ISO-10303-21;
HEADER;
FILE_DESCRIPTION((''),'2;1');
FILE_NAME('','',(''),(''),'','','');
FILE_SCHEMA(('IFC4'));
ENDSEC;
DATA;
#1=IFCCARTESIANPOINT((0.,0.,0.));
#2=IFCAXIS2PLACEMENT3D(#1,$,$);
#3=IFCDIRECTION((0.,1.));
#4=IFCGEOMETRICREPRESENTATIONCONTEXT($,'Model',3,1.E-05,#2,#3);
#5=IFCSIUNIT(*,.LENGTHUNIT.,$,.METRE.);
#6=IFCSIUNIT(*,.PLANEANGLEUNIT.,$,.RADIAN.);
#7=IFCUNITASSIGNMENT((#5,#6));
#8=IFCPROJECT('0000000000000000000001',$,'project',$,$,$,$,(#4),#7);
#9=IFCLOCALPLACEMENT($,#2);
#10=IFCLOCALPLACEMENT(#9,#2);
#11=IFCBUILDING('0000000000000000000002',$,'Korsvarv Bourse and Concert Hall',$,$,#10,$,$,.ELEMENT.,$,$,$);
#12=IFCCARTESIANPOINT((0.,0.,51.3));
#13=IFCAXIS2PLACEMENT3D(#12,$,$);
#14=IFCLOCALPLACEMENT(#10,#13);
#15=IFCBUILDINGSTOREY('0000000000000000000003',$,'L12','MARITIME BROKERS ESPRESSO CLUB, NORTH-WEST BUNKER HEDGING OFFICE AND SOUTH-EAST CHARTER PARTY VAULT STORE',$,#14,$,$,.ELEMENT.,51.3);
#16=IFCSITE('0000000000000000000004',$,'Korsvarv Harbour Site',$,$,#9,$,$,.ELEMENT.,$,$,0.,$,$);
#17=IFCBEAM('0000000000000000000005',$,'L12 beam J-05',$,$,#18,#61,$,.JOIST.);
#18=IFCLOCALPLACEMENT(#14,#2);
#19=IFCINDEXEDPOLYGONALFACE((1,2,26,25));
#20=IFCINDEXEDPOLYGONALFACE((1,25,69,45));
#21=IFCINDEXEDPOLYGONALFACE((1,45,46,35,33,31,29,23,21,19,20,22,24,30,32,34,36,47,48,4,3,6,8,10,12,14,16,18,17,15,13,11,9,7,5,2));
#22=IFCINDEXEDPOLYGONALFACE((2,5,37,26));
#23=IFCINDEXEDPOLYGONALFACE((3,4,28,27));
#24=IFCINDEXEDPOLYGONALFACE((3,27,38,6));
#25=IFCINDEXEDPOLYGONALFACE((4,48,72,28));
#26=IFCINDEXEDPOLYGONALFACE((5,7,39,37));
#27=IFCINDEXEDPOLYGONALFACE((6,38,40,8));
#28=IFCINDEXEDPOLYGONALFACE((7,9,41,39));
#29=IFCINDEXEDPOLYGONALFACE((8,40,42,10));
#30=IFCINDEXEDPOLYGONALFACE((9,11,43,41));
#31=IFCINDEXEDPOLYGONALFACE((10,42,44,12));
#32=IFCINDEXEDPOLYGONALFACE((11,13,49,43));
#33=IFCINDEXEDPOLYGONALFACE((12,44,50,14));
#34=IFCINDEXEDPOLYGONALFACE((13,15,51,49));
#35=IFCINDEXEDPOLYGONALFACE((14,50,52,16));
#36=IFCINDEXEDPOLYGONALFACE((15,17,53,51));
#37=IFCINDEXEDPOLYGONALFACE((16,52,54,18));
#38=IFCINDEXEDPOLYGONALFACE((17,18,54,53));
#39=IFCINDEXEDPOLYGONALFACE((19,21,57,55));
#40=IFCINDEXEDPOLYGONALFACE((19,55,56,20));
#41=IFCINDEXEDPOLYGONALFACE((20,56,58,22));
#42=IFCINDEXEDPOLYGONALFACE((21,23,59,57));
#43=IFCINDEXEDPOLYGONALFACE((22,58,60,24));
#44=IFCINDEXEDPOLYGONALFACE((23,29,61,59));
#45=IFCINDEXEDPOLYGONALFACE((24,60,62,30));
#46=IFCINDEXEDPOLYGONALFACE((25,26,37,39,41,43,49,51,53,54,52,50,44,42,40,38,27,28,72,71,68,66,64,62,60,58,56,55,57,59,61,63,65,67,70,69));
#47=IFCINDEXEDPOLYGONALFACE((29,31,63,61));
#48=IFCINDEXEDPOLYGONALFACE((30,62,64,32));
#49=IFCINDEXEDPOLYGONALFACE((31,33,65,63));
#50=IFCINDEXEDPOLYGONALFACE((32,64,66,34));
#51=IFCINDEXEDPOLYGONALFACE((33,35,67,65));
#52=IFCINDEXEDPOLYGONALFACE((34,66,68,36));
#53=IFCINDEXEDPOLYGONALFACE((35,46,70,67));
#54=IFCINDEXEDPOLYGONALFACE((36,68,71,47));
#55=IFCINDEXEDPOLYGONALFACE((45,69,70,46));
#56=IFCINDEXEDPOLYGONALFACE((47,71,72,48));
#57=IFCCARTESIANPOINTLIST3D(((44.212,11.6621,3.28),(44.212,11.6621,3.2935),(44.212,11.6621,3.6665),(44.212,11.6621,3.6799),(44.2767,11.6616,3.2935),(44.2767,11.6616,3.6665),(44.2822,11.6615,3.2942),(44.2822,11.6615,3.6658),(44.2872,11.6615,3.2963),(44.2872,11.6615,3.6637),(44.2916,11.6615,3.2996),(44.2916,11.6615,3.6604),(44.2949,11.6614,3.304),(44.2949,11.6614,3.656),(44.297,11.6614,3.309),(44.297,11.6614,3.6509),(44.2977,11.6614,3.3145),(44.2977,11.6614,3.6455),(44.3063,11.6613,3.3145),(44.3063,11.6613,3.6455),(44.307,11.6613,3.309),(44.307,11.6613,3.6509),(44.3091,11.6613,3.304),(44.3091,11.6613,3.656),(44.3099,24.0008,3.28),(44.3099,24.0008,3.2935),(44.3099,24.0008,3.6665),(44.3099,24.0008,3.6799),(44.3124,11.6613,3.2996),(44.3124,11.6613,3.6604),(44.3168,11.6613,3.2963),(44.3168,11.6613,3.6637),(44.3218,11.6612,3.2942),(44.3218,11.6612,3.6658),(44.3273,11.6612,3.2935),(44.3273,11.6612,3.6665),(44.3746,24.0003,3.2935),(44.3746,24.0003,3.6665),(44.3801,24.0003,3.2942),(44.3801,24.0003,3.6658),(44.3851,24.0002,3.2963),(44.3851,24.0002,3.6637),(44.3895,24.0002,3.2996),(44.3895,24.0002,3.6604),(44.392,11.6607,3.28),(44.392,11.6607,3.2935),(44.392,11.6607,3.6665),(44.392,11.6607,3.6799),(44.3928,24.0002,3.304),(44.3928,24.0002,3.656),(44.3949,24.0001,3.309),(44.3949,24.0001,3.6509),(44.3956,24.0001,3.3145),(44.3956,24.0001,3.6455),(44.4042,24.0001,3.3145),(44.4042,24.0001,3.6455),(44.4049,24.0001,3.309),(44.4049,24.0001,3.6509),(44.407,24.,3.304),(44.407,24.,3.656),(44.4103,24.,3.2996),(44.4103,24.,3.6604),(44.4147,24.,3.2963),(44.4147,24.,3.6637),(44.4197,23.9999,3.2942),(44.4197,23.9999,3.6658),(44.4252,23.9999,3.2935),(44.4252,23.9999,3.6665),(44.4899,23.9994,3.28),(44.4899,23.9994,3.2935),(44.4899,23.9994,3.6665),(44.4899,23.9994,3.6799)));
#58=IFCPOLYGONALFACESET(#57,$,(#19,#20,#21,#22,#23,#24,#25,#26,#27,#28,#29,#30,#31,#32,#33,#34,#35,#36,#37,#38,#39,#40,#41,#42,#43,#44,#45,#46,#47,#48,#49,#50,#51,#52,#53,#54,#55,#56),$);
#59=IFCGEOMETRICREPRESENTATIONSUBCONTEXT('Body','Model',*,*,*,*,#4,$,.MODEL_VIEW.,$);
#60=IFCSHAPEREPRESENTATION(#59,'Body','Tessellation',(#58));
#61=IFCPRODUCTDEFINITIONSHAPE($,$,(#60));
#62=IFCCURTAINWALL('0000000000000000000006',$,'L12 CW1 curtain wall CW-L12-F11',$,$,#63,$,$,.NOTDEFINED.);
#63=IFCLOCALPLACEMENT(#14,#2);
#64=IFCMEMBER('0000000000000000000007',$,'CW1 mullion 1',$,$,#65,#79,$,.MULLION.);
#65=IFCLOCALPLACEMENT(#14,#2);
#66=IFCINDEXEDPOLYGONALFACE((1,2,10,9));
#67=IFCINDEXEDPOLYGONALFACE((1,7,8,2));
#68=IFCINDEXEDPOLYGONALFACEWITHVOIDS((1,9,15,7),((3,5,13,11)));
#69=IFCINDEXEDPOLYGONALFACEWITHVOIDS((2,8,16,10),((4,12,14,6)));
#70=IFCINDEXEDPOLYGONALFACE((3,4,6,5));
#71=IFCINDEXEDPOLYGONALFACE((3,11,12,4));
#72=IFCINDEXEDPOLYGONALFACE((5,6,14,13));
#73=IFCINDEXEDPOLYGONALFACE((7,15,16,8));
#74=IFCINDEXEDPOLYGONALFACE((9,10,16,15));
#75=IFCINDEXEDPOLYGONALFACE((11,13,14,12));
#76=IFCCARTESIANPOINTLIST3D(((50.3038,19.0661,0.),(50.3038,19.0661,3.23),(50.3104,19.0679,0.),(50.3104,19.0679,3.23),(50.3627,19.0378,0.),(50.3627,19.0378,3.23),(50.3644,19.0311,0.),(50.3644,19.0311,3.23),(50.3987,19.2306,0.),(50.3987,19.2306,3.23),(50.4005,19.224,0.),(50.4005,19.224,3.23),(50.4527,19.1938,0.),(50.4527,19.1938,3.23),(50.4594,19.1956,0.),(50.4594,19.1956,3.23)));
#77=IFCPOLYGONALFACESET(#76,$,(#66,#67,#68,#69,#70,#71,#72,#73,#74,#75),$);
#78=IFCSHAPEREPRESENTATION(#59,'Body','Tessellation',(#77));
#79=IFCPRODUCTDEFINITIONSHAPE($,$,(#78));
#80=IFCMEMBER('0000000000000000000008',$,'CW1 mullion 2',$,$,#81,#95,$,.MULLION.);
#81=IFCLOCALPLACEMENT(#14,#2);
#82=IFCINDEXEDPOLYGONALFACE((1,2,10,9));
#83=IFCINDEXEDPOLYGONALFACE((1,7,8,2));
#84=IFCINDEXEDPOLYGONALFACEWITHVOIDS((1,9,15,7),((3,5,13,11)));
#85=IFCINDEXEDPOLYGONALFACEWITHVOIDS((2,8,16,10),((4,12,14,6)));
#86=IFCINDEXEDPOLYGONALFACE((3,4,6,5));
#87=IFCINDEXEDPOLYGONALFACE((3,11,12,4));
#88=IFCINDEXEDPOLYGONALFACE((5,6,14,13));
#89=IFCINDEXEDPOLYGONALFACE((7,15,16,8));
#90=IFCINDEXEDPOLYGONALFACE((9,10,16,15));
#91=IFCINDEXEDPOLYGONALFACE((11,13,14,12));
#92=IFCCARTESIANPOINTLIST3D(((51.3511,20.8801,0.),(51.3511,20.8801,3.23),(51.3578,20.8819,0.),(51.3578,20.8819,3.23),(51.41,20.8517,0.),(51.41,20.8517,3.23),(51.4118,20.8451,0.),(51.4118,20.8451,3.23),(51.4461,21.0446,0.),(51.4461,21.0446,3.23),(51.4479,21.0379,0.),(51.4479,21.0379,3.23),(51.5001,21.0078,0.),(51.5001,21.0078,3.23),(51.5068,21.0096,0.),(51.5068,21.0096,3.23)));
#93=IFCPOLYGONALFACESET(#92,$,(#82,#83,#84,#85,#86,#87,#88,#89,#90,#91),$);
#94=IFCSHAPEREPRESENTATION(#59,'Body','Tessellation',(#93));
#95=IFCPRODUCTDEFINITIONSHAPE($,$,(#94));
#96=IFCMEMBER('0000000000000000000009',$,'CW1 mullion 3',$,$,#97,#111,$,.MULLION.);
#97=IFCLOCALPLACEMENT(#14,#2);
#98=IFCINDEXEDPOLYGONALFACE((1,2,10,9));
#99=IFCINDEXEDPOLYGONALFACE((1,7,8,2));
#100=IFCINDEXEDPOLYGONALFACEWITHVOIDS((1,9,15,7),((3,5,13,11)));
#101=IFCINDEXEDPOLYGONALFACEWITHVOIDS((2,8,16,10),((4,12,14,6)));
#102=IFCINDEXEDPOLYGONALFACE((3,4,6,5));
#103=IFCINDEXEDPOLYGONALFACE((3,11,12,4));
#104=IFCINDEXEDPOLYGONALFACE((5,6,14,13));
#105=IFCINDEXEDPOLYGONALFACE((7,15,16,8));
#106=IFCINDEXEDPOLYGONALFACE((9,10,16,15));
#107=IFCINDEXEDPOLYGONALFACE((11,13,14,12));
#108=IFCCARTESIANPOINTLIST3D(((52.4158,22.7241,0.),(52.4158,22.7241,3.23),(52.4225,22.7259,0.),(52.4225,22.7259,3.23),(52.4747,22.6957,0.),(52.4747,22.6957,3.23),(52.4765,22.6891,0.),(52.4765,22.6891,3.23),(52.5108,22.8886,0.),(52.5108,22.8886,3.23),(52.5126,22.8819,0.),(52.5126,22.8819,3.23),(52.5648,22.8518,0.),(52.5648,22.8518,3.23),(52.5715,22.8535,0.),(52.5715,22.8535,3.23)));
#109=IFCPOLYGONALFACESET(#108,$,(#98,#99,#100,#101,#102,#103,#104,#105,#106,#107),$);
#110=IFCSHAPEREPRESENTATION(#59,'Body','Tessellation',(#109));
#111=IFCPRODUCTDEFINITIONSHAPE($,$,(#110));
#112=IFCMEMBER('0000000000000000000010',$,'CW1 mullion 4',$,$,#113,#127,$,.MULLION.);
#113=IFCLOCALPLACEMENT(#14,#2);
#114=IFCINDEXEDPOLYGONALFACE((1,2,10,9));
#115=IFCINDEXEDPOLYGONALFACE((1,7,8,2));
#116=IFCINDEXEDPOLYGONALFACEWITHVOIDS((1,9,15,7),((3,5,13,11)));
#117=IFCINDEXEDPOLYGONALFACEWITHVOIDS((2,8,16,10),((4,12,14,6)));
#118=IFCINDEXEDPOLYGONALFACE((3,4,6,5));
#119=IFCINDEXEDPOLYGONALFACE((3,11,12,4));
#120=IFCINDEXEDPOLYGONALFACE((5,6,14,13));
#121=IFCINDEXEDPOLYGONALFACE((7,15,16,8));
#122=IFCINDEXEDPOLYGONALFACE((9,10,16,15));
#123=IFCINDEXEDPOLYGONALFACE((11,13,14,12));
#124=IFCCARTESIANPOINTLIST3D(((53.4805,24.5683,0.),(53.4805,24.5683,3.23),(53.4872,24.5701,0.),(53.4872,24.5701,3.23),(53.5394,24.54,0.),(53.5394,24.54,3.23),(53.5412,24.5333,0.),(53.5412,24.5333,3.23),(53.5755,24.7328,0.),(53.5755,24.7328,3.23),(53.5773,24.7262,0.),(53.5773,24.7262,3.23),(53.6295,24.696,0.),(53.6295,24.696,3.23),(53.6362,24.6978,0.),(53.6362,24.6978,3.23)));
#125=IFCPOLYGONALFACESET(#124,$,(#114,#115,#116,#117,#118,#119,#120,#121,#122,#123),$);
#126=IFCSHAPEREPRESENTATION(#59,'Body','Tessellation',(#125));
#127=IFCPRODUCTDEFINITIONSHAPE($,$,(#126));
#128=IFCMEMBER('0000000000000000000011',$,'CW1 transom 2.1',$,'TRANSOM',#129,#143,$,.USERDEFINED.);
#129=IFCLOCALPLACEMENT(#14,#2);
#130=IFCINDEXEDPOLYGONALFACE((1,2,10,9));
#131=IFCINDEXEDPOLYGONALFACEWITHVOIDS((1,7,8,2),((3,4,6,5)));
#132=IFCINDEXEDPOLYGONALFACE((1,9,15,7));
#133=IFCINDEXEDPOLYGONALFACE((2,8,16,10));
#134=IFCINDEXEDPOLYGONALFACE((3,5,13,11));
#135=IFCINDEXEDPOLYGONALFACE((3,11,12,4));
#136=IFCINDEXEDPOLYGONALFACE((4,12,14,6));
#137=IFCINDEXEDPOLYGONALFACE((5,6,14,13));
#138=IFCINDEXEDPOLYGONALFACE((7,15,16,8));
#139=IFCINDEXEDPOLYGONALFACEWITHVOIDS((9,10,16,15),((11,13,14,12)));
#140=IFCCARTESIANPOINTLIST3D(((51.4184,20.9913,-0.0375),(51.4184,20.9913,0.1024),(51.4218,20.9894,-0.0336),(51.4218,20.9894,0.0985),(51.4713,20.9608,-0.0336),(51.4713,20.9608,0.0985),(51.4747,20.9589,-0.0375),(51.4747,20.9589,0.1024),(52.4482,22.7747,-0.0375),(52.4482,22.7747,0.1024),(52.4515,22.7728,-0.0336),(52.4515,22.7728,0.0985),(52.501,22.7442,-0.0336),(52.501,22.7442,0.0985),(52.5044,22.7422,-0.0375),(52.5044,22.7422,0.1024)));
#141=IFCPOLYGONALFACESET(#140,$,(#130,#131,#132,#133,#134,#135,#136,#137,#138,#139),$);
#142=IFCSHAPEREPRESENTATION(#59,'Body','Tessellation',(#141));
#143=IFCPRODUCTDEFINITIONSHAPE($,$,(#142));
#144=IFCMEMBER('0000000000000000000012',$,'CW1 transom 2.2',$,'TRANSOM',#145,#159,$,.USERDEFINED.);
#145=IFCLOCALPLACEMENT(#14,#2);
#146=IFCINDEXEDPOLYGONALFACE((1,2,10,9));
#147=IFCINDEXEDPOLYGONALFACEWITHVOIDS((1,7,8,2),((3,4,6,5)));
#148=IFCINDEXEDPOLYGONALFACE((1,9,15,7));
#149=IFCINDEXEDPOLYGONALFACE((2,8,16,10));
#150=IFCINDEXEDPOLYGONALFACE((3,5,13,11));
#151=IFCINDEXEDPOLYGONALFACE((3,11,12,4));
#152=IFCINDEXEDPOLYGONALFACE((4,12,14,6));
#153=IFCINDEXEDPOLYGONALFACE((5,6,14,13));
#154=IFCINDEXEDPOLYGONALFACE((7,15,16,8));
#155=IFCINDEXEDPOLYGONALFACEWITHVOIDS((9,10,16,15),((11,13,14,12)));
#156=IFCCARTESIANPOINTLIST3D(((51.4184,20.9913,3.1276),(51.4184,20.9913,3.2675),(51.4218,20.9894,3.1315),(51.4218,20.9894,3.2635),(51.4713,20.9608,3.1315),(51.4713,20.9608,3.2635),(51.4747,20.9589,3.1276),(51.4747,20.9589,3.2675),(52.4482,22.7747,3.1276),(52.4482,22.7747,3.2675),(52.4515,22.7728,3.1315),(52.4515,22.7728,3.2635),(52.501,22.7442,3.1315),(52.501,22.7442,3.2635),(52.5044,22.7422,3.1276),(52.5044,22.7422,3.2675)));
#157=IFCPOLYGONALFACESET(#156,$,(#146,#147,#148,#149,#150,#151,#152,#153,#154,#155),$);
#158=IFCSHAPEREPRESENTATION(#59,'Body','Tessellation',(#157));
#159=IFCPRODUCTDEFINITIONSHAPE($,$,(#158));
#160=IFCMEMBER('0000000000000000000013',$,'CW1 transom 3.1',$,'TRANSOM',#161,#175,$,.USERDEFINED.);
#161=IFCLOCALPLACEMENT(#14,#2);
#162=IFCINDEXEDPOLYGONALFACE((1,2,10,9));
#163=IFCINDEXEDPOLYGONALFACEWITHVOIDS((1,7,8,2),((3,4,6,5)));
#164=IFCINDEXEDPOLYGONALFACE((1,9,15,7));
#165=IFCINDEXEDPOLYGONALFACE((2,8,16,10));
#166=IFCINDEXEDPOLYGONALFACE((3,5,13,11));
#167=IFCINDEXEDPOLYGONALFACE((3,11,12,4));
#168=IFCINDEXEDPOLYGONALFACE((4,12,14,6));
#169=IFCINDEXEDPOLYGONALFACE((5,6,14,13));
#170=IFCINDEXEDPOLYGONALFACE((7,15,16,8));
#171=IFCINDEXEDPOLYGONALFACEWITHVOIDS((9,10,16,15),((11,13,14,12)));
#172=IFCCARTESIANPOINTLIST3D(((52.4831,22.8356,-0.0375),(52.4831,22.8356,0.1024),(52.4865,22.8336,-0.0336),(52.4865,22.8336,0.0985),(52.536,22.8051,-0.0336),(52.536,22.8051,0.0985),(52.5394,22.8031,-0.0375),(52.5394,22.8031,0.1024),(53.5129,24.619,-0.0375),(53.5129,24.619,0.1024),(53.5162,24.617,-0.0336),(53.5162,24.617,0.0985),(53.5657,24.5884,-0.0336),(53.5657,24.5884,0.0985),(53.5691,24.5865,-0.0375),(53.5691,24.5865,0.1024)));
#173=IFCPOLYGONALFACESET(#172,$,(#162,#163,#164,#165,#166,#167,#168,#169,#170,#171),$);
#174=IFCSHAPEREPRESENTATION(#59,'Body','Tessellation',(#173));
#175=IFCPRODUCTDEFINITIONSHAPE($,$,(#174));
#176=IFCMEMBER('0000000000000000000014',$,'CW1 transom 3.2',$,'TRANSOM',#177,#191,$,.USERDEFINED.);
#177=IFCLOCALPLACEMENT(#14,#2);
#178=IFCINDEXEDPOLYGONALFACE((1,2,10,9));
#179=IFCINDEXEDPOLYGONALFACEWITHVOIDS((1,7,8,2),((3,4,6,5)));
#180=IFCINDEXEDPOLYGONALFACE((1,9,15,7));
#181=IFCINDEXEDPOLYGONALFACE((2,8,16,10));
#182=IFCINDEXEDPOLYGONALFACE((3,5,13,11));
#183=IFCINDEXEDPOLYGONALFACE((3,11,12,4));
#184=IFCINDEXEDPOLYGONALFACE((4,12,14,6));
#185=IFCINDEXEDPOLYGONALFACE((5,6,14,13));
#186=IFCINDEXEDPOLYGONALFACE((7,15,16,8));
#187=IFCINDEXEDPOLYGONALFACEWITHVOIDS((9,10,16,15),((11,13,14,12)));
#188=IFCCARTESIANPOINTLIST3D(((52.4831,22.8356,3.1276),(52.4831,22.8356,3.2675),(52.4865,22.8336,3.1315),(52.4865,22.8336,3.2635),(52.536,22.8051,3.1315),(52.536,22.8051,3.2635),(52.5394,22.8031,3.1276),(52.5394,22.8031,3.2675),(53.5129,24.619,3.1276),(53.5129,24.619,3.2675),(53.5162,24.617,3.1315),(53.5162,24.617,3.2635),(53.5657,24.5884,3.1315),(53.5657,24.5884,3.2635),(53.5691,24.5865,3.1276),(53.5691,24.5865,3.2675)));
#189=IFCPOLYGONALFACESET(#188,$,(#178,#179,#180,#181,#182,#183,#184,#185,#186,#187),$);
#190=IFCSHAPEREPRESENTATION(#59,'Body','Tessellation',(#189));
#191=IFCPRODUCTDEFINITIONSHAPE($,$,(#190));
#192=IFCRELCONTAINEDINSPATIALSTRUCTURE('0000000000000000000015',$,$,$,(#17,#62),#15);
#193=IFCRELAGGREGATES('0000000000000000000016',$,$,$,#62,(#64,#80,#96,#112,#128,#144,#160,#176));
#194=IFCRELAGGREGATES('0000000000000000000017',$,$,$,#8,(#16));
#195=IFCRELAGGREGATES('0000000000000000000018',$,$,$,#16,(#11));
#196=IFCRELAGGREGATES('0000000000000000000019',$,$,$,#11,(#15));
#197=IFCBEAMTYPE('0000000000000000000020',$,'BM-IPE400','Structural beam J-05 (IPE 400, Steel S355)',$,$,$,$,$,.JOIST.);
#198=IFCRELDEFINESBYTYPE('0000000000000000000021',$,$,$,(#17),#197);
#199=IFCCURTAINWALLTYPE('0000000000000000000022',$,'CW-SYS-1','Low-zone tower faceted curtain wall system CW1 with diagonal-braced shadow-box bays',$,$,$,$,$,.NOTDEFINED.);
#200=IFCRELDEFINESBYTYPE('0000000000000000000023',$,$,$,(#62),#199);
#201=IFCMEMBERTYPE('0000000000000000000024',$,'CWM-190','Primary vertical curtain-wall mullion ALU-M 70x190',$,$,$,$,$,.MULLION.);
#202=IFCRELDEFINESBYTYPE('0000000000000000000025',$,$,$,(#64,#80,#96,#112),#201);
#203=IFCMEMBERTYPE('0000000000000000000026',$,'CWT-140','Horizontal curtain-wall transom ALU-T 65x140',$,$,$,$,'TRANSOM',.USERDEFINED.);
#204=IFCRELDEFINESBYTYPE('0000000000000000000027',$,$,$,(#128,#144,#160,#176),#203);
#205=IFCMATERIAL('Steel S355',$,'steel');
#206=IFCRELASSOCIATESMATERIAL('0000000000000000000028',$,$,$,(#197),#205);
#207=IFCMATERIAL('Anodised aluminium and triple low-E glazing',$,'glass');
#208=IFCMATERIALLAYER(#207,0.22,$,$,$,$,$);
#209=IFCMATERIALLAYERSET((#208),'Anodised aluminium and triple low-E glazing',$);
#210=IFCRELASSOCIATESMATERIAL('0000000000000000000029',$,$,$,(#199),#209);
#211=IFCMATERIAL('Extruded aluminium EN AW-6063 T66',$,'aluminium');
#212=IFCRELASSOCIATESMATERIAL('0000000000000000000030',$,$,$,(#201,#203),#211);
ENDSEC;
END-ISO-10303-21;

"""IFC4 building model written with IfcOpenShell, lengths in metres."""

from ifc_helpers import new_model, si_unit, direction, frame, origin, origin_2d, place, context, subcontext, project, spatial, hollow_rectangle, i_section, extrude, source, transform, mapped, material, layer, layer_set, material_profile, profile_set, type_object, element, aggregate, save


model = new_model("IFC4")

# Units and contexts
model_context = context("Model", 3, precision=1e-05, world=origin(), true_north=direction((0.0, 1.0)))
body_context = subcontext(model_context, "Body", "Model", "MODEL_VIEW")
ifc_project = project(units=[si_unit("LENGTHUNIT", "METRE"), si_unit("PLANEANGLEUNIT", "RADIAN")], contexts=[model_context])

# Site, building, storey
site_placement = place(None, origin())
site = spatial("IfcSite", under=ifc_project, at=site_placement, Name="Korsvarv Harbour Site", CompositionType="ELEMENT", RefElevation=0.0)
building_placement = place(site_placement, origin())
building = spatial("IfcBuilding", under=site, at=building_placement, Name="Korsvarv Bourse and Concert Hall", CompositionType="ELEMENT")
storey_placement = place(building_placement, frame((0.0, 0.0, 51.3)))
storey = spatial("IfcBuildingStorey", under=building, at=storey_placement, Name="L12", Description="MARITIME BROKERS ESPRESSO CLUB, NORTH-WEST BUNKER HEDGING OFFICE AND SOUTH-EAST CHARTER PARTY VAULT STORE", CompositionType="ELEMENT", Elevation=51.3)

# Beam
ifc_material_1 = material(Name="Steel S355", Category="steel")
ifc_material_profile_1 = material_profile(ifc_material_1, i_section(OverallWidth=0.1799, OverallDepth=0.3999, WebThickness=0.0085, FlangeThickness=0.0134, FilletRadius=0.021, at=origin_2d()), Name="IPE 400")
ifc_profile_set_1 = profile_set([ifc_material_profile_1], Name="Steel S355")
beam_type_1 = type_object("IfcBeamType", Name="BM-IPE400", Description="Structural beam J-05 (IPE 400, Steel S355)", PredefinedType="JOIST", material=ifc_profile_set_1)
shared_shape_1 = source(origin(), body_context, "Body", "SweptSolid", [
    extrude(i_section(OverallWidth=0.1799, OverallDepth=0.3999, WebThickness=0.0085, FlangeThickness=0.0134, FilletRadius=0.021, at=origin_2d()), origin(), (0.0, 0.0, 1.0), 12.3391),
])
beam_1_placement = place(storey_placement, frame((44.302, 11.6614, 3.48), z_axis=(0.007934, 0.999969, 0.0), x_axis=(-0.999969, 0.007934, 0.0)))
element("IfcBeam", 1, at=beam_1_placement, inside=storey, type_object=beam_type_1, Name="L12 beam J-05", PredefinedType="JOIST", context=body_context, shape_type="MappedRepresentation", body=[
    mapped(shared_shape_1, transform((0.0, 0.0, 0.0), scale=1.0)),
])

# Curtain wall, members
ifc_material_2 = material(Name="Anodised aluminium and triple low-E glazing", Category="glass")
ifc_layer_1 = layer(ifc_material_2, 0.22)
ifc_layer_set_1 = layer_set([ifc_layer_1], Name="Anodised aluminium and triple low-E glazing")
curtain_wall_type = type_object("IfcCurtainWallType", Name="CW-SYS-1", Description="Low-zone tower faceted curtain wall system CW1 with diagonal-braced shadow-box bays", PredefinedType="NOTDEFINED", material=ifc_layer_set_1)
curtain_wall_placement = place(storey_placement, origin())
curtain_wall = element("IfcCurtainWall", 2, at=curtain_wall_placement, inside=storey, type_object=curtain_wall_type, Name="L12 CW1 curtain wall CW-L12-F11", PredefinedType="NOTDEFINED")
ifc_material_3 = material(Name="Extruded aluminium EN AW-6063 T66", Category="aluminium")
ifc_material_profile_2 = material_profile(ifc_material_3, hollow_rectangle(XDim=0.0701, YDim=0.1899, WallThickness=0.0049, at=origin_2d()), Name="ALU-M 70x190")
ifc_profile_set_2 = profile_set([ifc_material_profile_2], Name="Extruded aluminium EN AW-6063 T66")
member_type_1 = type_object("IfcMemberType", Name="CWM-190", Description="Primary vertical curtain-wall mullion ALU-M 70x190", PredefinedType="MULLION", material=ifc_profile_set_2)
shared_shape_2 = source(origin(), body_context, "Body", "SweptSolid", [
    extrude(hollow_rectangle(XDim=0.0701, YDim=0.1899, WallThickness=0.0049, at=origin_2d()), origin(), (0.0, 0.0, 1.0), 3.23),
])
member_1_placement = place(storey_placement, frame((50.3816, 19.1309, 0.0), z_axis=(0.0, 0.0, 1.0), x_axis=(-0.866025, 0.5, 0.0)))
member_1 = element("IfcMember", 3, at=member_1_placement, type_object=member_type_1, Name="CW1 mullion 1", PredefinedType="MULLION", context=body_context, shape_type="MappedRepresentation", body=[
    mapped(shared_shape_2, transform((0.0, 0.0, 0.0), scale=1.0)),
])
member_2_placement = place(storey_placement, frame((51.429, 20.9448, 0.0), z_axis=(0.0, 0.0, 1.0), x_axis=(-0.866025, 0.5, 0.0)))
member_2 = element("IfcMember", 4, at=member_2_placement, type_object=member_type_1, Name="CW1 mullion 2", PredefinedType="MULLION", context=body_context, shape_type="MappedRepresentation", body=[
    mapped(shared_shape_2, transform((0.0, 0.0, 0.0), scale=1.0)),
])
member_3_placement = place(storey_placement, frame((52.4937, 22.7888, 0.0), z_axis=(0.0, 0.0, 1.0), x_axis=(-0.866025, 0.5, 0.0)))
member_3 = element("IfcMember", 5, at=member_3_placement, type_object=member_type_1, Name="CW1 mullion 3", PredefinedType="MULLION", context=body_context, shape_type="MappedRepresentation", body=[
    mapped(shared_shape_2, transform((0.0, 0.0, 0.0), scale=1.0)),
])
member_4_placement = place(storey_placement, frame((53.5583, 24.6331, 0.0), z_axis=(0.0, 0.0, 1.0), x_axis=(-0.866025, 0.5, 0.0)))
member_4 = element("IfcMember", 6, at=member_4_placement, type_object=member_type_1, Name="CW1 mullion 4", PredefinedType="MULLION", context=body_context, shape_type="MappedRepresentation", body=[
    mapped(shared_shape_2, transform((0.0, 0.0, 0.0), scale=1.0)),
])
ifc_material_profile_3 = material_profile(ifc_material_3, hollow_rectangle(XDim=0.0649, YDim=0.1399, WallThickness=0.0039, at=origin_2d()), Name="ALU-T 65x140")
ifc_profile_set_3 = profile_set([ifc_material_profile_3], Name="Extruded aluminium EN AW-6063 T66")
member_type_2 = type_object("IfcMemberType", Name="CWT-140", Description="Horizontal curtain-wall transom ALU-T 65x140", ElementType="TRANSOM", PredefinedType="USERDEFINED", material=ifc_profile_set_3)
shared_shape_3 = source(origin(), body_context, "Body", "SweptSolid", [
    extrude(hollow_rectangle(XDim=0.0649, YDim=0.1399, WallThickness=0.0039, at=origin_2d()), origin(), (0.0, 0.0, 1.0), 2.0593),
])
member_5_placement = place(storey_placement, frame((51.4465, 20.9751, 0.0325), z_axis=(0.500041, 0.866002, 0.0), x_axis=(-0.866002, 0.500041, 0.0)))
member_5 = element("IfcMember", 7, at=member_5_placement, type_object=member_type_2, Name="CW1 transom 2.1", ObjectType="TRANSOM", PredefinedType="USERDEFINED", context=body_context, shape_type="MappedRepresentation", body=[
    mapped(shared_shape_3, transform((0.0, 0.0, 0.0), scale=1.0)),
])
member_6_placement = place(storey_placement, frame((51.4465, 20.9751, 3.1975), z_axis=(0.500041, 0.866002, 0.0), x_axis=(-0.866002, 0.500041, 0.0)))
member_6 = element("IfcMember", 8, at=member_6_placement, type_object=member_type_2, Name="CW1 transom 2.2", ObjectType="TRANSOM", PredefinedType="USERDEFINED", context=body_context, shape_type="MappedRepresentation", body=[
    mapped(shared_shape_3, transform((0.0, 0.0, 0.0), scale=1.0)),
])
member_7_placement = place(storey_placement, frame((52.5112, 22.8193, 0.0325), z_axis=(0.500041, 0.866002, 0.0), x_axis=(-0.866002, 0.500041, 0.0)))
member_7 = element("IfcMember", 9, at=member_7_placement, type_object=member_type_2, Name="CW1 transom 3.1", ObjectType="TRANSOM", PredefinedType="USERDEFINED", context=body_context, shape_type="MappedRepresentation", body=[
    mapped(shared_shape_3, transform((0.0, 0.0, 0.0), scale=1.0)),
])
member_8_placement = place(storey_placement, frame((52.5112, 22.8193, 3.1975), z_axis=(0.500041, 0.866002, 0.0), x_axis=(-0.866002, 0.500041, 0.0)))
member_8 = element("IfcMember", 10, at=member_8_placement, type_object=member_type_2, Name="CW1 transom 3.2", ObjectType="TRANSOM", PredefinedType="USERDEFINED", context=body_context, shape_type="MappedRepresentation", body=[
    mapped(shared_shape_3, transform((0.0, 0.0, 0.0), scale=1.0)),
])
aggregate(curtain_wall, [member_1, member_2, member_3, member_4, member_5, member_6, member_7, member_8])

save(model, "model.ifc")
